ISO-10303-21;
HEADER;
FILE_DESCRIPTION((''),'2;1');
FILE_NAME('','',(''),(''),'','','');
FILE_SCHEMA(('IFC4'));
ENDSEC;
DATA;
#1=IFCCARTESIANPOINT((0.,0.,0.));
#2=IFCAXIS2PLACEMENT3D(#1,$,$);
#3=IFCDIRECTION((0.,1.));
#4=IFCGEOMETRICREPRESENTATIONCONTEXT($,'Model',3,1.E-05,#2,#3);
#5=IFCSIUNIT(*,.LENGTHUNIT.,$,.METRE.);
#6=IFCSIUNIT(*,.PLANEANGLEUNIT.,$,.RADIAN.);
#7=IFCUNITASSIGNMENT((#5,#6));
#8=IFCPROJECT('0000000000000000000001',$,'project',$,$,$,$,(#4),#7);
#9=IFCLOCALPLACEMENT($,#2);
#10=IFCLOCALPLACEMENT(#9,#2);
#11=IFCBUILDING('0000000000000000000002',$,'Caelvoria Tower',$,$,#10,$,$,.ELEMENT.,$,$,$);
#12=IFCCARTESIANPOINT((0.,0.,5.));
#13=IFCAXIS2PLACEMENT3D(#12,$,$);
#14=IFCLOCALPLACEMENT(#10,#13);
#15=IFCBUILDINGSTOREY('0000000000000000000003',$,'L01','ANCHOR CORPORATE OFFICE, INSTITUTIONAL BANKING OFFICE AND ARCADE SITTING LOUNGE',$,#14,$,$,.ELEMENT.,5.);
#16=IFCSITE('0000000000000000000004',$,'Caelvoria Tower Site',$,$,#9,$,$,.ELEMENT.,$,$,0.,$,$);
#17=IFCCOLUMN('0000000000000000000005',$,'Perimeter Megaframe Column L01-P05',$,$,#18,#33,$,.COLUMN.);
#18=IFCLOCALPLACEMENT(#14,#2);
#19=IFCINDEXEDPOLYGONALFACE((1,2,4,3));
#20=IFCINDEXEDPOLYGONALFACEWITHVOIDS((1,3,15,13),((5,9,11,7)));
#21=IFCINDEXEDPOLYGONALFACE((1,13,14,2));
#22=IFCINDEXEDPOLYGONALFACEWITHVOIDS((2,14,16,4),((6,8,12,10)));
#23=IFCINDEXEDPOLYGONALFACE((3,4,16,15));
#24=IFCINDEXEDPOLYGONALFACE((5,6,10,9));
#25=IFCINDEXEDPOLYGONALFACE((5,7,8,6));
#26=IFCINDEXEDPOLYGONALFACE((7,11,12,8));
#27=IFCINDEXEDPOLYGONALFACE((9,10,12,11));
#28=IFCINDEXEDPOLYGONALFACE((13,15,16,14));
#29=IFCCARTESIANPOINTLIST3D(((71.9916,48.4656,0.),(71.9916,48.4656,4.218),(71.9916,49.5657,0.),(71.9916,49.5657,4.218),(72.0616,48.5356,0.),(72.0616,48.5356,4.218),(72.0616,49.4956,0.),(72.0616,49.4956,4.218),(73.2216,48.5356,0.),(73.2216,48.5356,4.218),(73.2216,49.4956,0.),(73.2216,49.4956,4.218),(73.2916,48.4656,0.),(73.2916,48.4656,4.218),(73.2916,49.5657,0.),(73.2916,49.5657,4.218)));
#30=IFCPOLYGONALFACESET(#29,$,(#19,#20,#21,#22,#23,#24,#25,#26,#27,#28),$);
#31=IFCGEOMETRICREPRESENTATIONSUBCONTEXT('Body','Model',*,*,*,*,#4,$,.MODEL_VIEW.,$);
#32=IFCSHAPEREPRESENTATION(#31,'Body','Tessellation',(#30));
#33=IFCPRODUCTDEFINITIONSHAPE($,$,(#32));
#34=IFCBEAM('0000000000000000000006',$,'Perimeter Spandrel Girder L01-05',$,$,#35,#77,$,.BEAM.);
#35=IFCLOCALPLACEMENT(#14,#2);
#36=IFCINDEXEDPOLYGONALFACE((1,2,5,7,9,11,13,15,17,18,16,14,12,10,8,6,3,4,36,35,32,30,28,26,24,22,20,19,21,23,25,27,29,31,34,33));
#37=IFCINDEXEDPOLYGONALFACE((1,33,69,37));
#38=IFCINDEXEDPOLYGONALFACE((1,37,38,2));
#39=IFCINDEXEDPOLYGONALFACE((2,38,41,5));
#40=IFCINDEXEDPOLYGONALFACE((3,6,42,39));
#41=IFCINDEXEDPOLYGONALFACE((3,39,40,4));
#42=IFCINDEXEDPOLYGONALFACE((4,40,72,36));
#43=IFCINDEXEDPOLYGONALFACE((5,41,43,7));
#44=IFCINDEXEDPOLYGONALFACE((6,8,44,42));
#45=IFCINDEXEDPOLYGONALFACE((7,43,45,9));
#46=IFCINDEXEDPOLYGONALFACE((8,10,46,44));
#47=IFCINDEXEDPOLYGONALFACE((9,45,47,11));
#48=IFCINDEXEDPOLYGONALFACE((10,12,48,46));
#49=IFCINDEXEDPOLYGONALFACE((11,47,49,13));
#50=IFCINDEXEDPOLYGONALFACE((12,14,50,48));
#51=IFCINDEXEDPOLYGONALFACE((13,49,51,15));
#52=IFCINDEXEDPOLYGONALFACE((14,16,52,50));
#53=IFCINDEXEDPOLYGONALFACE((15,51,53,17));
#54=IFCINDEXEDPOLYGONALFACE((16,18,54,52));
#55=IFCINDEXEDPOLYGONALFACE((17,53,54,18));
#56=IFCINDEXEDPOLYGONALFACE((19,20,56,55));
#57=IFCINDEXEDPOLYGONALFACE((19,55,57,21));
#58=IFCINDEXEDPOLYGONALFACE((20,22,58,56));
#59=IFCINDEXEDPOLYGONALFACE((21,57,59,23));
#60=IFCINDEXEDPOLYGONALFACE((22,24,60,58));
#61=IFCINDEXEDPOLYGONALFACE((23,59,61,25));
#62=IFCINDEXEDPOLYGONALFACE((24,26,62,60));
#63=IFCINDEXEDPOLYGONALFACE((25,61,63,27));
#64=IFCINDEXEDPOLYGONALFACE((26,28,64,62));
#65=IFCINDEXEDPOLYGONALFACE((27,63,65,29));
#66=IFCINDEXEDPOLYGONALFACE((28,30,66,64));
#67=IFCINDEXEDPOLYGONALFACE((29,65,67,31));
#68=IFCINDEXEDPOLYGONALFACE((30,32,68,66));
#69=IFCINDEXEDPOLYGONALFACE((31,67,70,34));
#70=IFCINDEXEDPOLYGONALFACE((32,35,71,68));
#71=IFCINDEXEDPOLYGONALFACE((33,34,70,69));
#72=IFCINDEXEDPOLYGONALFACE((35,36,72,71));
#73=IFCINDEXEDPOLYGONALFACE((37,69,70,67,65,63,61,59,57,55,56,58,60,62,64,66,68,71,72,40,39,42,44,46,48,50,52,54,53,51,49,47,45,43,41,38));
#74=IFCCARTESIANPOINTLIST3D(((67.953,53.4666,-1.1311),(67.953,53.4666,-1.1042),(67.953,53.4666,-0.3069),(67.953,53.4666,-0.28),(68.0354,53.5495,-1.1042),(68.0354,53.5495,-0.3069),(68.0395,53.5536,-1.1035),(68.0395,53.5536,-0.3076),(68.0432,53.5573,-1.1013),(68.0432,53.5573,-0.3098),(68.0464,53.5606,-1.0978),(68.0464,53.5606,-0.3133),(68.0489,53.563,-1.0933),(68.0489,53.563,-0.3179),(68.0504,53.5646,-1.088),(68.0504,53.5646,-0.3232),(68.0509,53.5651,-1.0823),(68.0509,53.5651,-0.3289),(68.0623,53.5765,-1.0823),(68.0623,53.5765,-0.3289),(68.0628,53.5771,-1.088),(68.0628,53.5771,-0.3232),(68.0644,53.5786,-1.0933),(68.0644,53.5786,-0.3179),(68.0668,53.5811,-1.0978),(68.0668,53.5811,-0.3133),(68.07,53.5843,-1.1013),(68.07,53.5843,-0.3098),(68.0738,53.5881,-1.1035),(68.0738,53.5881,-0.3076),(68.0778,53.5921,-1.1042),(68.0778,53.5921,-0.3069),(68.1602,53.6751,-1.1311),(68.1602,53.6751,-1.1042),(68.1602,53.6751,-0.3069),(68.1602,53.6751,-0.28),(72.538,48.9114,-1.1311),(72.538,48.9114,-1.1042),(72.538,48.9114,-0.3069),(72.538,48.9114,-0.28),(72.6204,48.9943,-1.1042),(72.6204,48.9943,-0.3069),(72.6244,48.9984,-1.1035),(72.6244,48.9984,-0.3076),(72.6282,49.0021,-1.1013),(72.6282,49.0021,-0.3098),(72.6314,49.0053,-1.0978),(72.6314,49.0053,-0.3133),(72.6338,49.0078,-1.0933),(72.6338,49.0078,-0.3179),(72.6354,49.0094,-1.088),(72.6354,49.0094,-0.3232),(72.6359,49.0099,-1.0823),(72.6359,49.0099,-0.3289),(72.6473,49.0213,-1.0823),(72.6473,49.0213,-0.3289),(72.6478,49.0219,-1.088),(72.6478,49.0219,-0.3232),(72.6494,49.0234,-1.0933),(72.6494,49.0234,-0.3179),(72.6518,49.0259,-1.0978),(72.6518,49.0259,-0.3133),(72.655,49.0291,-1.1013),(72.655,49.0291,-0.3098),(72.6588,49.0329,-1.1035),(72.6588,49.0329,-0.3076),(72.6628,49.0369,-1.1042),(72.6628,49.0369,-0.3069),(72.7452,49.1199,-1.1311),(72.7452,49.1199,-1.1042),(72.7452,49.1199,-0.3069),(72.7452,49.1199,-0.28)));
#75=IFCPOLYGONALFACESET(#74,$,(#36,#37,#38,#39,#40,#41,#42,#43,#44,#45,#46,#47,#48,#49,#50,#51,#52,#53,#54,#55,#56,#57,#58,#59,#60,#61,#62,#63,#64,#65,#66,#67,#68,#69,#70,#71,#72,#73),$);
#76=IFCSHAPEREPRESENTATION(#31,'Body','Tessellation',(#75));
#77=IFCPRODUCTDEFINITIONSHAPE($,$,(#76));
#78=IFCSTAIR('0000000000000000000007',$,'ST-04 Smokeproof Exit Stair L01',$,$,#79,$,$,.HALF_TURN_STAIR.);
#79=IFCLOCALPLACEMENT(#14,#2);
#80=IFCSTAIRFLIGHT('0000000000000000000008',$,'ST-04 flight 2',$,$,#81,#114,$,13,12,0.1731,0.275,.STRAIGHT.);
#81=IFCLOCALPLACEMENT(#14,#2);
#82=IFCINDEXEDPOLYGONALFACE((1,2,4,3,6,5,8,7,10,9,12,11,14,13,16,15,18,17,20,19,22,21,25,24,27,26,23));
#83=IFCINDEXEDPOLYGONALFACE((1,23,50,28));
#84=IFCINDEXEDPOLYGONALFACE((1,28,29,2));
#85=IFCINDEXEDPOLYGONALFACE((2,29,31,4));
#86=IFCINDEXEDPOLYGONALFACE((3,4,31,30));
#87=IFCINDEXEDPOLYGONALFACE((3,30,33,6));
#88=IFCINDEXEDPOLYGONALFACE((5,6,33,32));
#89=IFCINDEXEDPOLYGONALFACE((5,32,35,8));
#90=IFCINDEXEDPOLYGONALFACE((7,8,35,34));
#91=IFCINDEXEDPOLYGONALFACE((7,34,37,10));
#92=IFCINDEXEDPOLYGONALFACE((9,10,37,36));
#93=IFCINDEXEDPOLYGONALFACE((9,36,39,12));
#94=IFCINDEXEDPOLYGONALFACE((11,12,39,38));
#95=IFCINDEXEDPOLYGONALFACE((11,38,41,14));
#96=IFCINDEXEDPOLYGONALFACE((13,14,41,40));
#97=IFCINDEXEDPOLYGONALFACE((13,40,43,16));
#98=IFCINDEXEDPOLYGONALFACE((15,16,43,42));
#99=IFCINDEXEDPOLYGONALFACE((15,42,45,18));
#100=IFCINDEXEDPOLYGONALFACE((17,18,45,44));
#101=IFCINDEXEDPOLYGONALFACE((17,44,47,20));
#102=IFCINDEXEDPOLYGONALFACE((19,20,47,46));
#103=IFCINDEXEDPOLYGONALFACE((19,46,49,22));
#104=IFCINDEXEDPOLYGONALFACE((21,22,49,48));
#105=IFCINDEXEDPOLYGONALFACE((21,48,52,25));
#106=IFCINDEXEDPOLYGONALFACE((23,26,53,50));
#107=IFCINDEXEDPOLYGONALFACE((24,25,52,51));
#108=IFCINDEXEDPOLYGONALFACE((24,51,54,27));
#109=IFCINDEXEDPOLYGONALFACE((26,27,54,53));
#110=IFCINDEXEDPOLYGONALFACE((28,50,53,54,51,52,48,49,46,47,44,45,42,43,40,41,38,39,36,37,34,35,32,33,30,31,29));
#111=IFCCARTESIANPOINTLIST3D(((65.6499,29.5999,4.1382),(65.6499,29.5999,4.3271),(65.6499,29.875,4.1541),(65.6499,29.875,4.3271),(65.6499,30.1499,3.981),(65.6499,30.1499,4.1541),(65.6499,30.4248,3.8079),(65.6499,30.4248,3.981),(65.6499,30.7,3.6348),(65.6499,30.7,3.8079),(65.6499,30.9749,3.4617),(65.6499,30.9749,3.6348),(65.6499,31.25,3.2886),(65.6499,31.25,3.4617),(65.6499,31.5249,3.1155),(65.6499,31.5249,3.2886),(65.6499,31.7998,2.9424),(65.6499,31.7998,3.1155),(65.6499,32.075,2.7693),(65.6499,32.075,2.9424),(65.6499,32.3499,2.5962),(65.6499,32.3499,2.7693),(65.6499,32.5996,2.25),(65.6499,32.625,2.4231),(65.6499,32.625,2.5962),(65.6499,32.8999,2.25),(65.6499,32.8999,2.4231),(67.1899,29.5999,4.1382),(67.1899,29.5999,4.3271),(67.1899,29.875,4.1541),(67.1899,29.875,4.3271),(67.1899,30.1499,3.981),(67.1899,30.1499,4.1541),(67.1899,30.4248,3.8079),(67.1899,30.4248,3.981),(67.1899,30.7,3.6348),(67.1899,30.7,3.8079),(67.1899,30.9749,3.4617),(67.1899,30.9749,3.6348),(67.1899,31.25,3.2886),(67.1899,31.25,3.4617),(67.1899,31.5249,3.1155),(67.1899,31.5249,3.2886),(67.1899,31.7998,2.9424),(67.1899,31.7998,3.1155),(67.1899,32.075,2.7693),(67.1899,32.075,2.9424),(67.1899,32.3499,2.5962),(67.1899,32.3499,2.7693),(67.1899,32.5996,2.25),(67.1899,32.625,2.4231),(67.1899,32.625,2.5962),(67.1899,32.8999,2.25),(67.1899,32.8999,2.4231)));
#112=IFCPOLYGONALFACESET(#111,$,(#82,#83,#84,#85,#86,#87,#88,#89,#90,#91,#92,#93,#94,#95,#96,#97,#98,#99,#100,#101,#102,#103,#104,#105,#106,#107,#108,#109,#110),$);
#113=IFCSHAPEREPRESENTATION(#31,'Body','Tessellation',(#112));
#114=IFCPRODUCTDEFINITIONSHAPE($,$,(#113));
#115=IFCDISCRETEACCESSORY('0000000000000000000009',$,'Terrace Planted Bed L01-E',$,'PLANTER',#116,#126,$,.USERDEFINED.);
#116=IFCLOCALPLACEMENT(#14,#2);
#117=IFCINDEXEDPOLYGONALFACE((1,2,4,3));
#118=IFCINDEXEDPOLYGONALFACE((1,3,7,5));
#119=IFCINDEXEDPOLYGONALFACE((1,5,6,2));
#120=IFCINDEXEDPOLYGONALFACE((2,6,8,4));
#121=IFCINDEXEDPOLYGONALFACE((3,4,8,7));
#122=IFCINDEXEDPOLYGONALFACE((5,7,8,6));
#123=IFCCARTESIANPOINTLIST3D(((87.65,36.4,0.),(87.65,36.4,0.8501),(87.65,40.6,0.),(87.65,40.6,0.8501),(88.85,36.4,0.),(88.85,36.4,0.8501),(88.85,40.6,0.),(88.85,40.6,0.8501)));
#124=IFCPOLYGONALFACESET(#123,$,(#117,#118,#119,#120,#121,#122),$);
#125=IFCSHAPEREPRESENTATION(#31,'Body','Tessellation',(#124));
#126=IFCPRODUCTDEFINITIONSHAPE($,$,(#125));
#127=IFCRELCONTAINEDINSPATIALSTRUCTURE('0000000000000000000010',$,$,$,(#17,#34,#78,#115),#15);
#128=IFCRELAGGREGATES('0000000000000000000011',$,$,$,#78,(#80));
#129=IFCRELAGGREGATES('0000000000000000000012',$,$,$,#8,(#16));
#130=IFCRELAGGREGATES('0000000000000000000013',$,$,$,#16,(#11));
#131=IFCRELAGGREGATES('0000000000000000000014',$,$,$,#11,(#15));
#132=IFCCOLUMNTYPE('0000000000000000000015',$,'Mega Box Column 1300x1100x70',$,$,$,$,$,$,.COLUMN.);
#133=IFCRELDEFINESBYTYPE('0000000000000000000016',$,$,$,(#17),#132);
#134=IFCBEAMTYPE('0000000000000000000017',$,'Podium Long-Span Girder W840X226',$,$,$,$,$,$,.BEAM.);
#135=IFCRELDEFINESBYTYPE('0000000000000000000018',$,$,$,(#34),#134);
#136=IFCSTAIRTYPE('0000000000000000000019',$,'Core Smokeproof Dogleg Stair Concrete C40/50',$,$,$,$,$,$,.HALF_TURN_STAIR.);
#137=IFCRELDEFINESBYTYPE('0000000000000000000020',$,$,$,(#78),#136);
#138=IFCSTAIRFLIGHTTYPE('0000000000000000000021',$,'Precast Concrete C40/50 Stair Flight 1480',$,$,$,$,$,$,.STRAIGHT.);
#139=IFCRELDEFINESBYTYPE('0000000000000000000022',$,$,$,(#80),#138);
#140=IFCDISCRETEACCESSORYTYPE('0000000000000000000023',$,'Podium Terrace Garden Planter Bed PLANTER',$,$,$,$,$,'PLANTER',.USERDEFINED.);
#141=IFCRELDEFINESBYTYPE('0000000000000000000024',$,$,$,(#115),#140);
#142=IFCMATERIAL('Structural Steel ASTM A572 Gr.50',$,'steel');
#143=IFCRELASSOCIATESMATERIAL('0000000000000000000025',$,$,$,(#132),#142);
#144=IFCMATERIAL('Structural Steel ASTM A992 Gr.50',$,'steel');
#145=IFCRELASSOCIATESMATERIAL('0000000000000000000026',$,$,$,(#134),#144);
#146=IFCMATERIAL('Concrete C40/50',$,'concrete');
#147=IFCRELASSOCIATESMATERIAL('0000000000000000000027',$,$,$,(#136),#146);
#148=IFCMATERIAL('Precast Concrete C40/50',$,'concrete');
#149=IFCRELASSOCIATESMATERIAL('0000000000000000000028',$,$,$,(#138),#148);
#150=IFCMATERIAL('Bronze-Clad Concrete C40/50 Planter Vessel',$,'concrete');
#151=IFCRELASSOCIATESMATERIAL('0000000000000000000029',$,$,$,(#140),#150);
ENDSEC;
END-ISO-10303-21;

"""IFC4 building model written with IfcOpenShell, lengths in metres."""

from ifc_helpers import new_model, si_unit, direction, frame, origin, origin_2d, place, context, subcontext, project, spatial, polyline, rectangle, hollow_rectangle, i_section, outline, extrude, material, material_profile, profile_set, type_object, element, aggregate, save


model = new_model("IFC4")

# Units and contexts
model_context = context("Model", 3, precision=1e-05, world=origin(), true_north=direction((0.0, 1.0)))
body_context = subcontext(model_context, "Body", "Model", "MODEL_VIEW")
ifc_project = project(units=[si_unit("LENGTHUNIT", "METRE"), si_unit("PLANEANGLEUNIT", "RADIAN")], contexts=[model_context])

# Site, building, storey
site_placement = place(None, origin())
site = spatial("IfcSite", under=ifc_project, at=site_placement, Name="Caelvoria Tower Site", CompositionType="ELEMENT", RefElevation=0.0)
building_placement = place(site_placement, origin())
building = spatial("IfcBuilding", under=site, at=building_placement, Name="Caelvoria Tower", CompositionType="ELEMENT")
storey_placement = place(building_placement, frame((0.0, 0.0, 5.0)))
storey = spatial("IfcBuildingStorey", under=building, at=storey_placement, Name="L01", Description="ANCHOR CORPORATE OFFICE, INSTITUTIONAL BANKING OFFICE AND ARCADE SITTING LOUNGE", CompositionType="ELEMENT", Elevation=5.0)

# Column
ifc_material_1 = material(Name="Structural Steel ASTM A572 Gr.50", Category="steel")
ifc_material_profile_1 = material_profile(ifc_material_1, hollow_rectangle(XDim=1.1001, YDim=1.3, WallThickness=0.0701, at=origin_2d()), Name="Structural Steel ASTM A572 Gr.50")
ifc_profile_set_1 = profile_set([ifc_material_profile_1], Name="BOX1300X1100X70 - Structural Steel ASTM A572 Gr.50")
column_type = type_object("IfcColumnType", Name="Mega Box Column 1300x1100x70", PredefinedType="COLUMN", material=ifc_profile_set_1)
column_placement = place(storey_placement, frame((72.6416, 49.0156, 0.0), z_axis=(0.0, 0.0, 1.0), x_axis=(0.0, 1.0, 0.0)))
element("IfcColumn", 1, at=column_placement, inside=storey, type_object=column_type, Name="Perimeter Megaframe Column L01-P05", PredefinedType="COLUMN", context=body_context, shape_type="SweptSolid", body=[
    extrude(hollow_rectangle(XDim=1.1001, YDim=1.3, WallThickness=0.0701, at=origin_2d()), origin(), (0.0, 0.0, 1.0), 4.218),
])

# Beam
ifc_material_2 = material(Name="Structural Steel ASTM A992 Gr.50", Category="steel")
ifc_material_profile_2 = material_profile(ifc_material_2, i_section(OverallWidth=0.2939, OverallDepth=0.8511, WebThickness=0.0161, FlangeThickness=0.0269, FilletRadius=0.022, at=origin_2d()), Name="Structural Steel ASTM A992 Gr.50")
ifc_profile_set_2 = profile_set([ifc_material_profile_2], Name="W840X226 - Structural Steel ASTM A992 Gr.50")
beam_type = type_object("IfcBeamType", Name="Podium Long-Span Girder W840X226", PredefinedType="BEAM", material=ifc_profile_set_2)
beam_placement = place(storey_placement, frame((72.6416, 49.0156, -0.7056), z_axis=(-0.709407, 0.704799, 0.0), x_axis=(-0.704799, -0.709407, 0.0)))
element("IfcBeam", 2, at=beam_placement, inside=storey, type_object=beam_type, Name="Perimeter Spandrel Girder L01-05", PredefinedType="BEAM", context=body_context, shape_type="SweptSolid", body=[
    extrude(i_section(OverallWidth=0.2939, OverallDepth=0.8511, WebThickness=0.0161, FlangeThickness=0.0269, FilletRadius=0.022, at=origin_2d()), origin(), (0.0, 0.0, 1.0), 6.4631),
])

# Stair, stair flight
ifc_material_3 = material(Name="Concrete C40/50", Category="concrete")
stair_type = type_object("IfcStairType", Name="Core Smokeproof Dogleg Stair Concrete C40/50", PredefinedType="HALF_TURN_STAIR", material=ifc_material_3)
stair_placement = place(storey_placement, origin())
stair = element("IfcStair", 3, at=stair_placement, inside=storey, type_object=stair_type, Name="ST-04 Smokeproof Exit Stair L01", PredefinedType="HALF_TURN_STAIR")
ifc_material_4 = material(Name="Precast Concrete C40/50", Category="concrete")
stair_flight_type = type_object("IfcStairFlightType", Name="Precast Concrete C40/50 Stair Flight 1480", PredefinedType="STRAIGHT", material=ifc_material_4)
stair_flight_placement = place(storey_placement, frame((66.4199, 32.8999, 2.25), z_axis=(0.0, 0.0, 1.0), x_axis=(0.0, -1.0, 0.0)))
stair_flight = element("IfcStairFlight", 4, at=stair_flight_placement, type_object=stair_flight_type, Name="ST-04 flight 2", NumberOfRisers=13, NumberOfTreads=12, PredefinedType="STRAIGHT", RiserHeight=0.1731, TreadLength=0.275, context=body_context, shape_type="SweptSolid", body=[
    extrude(outline(polyline([(0.0, 0.0), (0.0, 0.1731), (0.2749, 0.1731), (0.2749, 0.3462), (0.55, 0.3462), (0.55, 0.5193), (0.825, 0.5193), (0.825, 0.6924), (1.1001, 0.6924), (1.1001, 0.8655), (1.375, 0.8655), (1.375, 1.0386), (1.6499, 1.0386), (1.6499, 1.2117), (1.925, 1.2117), (1.925, 1.3848), (2.2, 1.3848), (2.2, 1.5579), (2.4751, 1.5579), (2.4751, 1.731), (2.75, 1.731), (2.75, 1.9041), (3.0249, 1.9041), (3.0249, 2.0771), (3.3, 2.0771), (3.3, 2.2502), (3.3, 1.8882), (0.3003, 0.0), (0.0, 0.0)])), frame((0.0, 0.77, 0.0), z_axis=(0.0, -1.0, 0.0), x_axis=(1.0, 0.0, 0.0)), (0.0, 0.0, 1.0), 1.54),
])
aggregate(stair, [stair_flight])

# Discrete accessory
ifc_material_5 = material(Name="Bronze-Clad Concrete C40/50 Planter Vessel", Category="concrete")
discrete_accessory_type = type_object("IfcDiscreteAccessoryType", Name="Podium Terrace Garden Planter Bed PLANTER", ElementType="PLANTER", PredefinedType="USERDEFINED", material=ifc_material_5)
discrete_accessory_placement = place(storey_placement, frame((88.25, 38.5, 0.0), z_axis=(0.0, 0.0, 1.0), x_axis=(1.0, 0.0, 0.0)))
element("IfcDiscreteAccessory", 5, at=discrete_accessory_placement, inside=storey, type_object=discrete_accessory_type, Name="Terrace Planted Bed L01-E", ObjectType="PLANTER", PredefinedType="USERDEFINED", context=body_context, shape_type="SweptSolid", body=[
    extrude(rectangle(XDim=1.2, YDim=4.2, at=origin_2d()), origin(), (0.0, 0.0, 1.0), 0.8501),
])

save(model, "model.ifc")
